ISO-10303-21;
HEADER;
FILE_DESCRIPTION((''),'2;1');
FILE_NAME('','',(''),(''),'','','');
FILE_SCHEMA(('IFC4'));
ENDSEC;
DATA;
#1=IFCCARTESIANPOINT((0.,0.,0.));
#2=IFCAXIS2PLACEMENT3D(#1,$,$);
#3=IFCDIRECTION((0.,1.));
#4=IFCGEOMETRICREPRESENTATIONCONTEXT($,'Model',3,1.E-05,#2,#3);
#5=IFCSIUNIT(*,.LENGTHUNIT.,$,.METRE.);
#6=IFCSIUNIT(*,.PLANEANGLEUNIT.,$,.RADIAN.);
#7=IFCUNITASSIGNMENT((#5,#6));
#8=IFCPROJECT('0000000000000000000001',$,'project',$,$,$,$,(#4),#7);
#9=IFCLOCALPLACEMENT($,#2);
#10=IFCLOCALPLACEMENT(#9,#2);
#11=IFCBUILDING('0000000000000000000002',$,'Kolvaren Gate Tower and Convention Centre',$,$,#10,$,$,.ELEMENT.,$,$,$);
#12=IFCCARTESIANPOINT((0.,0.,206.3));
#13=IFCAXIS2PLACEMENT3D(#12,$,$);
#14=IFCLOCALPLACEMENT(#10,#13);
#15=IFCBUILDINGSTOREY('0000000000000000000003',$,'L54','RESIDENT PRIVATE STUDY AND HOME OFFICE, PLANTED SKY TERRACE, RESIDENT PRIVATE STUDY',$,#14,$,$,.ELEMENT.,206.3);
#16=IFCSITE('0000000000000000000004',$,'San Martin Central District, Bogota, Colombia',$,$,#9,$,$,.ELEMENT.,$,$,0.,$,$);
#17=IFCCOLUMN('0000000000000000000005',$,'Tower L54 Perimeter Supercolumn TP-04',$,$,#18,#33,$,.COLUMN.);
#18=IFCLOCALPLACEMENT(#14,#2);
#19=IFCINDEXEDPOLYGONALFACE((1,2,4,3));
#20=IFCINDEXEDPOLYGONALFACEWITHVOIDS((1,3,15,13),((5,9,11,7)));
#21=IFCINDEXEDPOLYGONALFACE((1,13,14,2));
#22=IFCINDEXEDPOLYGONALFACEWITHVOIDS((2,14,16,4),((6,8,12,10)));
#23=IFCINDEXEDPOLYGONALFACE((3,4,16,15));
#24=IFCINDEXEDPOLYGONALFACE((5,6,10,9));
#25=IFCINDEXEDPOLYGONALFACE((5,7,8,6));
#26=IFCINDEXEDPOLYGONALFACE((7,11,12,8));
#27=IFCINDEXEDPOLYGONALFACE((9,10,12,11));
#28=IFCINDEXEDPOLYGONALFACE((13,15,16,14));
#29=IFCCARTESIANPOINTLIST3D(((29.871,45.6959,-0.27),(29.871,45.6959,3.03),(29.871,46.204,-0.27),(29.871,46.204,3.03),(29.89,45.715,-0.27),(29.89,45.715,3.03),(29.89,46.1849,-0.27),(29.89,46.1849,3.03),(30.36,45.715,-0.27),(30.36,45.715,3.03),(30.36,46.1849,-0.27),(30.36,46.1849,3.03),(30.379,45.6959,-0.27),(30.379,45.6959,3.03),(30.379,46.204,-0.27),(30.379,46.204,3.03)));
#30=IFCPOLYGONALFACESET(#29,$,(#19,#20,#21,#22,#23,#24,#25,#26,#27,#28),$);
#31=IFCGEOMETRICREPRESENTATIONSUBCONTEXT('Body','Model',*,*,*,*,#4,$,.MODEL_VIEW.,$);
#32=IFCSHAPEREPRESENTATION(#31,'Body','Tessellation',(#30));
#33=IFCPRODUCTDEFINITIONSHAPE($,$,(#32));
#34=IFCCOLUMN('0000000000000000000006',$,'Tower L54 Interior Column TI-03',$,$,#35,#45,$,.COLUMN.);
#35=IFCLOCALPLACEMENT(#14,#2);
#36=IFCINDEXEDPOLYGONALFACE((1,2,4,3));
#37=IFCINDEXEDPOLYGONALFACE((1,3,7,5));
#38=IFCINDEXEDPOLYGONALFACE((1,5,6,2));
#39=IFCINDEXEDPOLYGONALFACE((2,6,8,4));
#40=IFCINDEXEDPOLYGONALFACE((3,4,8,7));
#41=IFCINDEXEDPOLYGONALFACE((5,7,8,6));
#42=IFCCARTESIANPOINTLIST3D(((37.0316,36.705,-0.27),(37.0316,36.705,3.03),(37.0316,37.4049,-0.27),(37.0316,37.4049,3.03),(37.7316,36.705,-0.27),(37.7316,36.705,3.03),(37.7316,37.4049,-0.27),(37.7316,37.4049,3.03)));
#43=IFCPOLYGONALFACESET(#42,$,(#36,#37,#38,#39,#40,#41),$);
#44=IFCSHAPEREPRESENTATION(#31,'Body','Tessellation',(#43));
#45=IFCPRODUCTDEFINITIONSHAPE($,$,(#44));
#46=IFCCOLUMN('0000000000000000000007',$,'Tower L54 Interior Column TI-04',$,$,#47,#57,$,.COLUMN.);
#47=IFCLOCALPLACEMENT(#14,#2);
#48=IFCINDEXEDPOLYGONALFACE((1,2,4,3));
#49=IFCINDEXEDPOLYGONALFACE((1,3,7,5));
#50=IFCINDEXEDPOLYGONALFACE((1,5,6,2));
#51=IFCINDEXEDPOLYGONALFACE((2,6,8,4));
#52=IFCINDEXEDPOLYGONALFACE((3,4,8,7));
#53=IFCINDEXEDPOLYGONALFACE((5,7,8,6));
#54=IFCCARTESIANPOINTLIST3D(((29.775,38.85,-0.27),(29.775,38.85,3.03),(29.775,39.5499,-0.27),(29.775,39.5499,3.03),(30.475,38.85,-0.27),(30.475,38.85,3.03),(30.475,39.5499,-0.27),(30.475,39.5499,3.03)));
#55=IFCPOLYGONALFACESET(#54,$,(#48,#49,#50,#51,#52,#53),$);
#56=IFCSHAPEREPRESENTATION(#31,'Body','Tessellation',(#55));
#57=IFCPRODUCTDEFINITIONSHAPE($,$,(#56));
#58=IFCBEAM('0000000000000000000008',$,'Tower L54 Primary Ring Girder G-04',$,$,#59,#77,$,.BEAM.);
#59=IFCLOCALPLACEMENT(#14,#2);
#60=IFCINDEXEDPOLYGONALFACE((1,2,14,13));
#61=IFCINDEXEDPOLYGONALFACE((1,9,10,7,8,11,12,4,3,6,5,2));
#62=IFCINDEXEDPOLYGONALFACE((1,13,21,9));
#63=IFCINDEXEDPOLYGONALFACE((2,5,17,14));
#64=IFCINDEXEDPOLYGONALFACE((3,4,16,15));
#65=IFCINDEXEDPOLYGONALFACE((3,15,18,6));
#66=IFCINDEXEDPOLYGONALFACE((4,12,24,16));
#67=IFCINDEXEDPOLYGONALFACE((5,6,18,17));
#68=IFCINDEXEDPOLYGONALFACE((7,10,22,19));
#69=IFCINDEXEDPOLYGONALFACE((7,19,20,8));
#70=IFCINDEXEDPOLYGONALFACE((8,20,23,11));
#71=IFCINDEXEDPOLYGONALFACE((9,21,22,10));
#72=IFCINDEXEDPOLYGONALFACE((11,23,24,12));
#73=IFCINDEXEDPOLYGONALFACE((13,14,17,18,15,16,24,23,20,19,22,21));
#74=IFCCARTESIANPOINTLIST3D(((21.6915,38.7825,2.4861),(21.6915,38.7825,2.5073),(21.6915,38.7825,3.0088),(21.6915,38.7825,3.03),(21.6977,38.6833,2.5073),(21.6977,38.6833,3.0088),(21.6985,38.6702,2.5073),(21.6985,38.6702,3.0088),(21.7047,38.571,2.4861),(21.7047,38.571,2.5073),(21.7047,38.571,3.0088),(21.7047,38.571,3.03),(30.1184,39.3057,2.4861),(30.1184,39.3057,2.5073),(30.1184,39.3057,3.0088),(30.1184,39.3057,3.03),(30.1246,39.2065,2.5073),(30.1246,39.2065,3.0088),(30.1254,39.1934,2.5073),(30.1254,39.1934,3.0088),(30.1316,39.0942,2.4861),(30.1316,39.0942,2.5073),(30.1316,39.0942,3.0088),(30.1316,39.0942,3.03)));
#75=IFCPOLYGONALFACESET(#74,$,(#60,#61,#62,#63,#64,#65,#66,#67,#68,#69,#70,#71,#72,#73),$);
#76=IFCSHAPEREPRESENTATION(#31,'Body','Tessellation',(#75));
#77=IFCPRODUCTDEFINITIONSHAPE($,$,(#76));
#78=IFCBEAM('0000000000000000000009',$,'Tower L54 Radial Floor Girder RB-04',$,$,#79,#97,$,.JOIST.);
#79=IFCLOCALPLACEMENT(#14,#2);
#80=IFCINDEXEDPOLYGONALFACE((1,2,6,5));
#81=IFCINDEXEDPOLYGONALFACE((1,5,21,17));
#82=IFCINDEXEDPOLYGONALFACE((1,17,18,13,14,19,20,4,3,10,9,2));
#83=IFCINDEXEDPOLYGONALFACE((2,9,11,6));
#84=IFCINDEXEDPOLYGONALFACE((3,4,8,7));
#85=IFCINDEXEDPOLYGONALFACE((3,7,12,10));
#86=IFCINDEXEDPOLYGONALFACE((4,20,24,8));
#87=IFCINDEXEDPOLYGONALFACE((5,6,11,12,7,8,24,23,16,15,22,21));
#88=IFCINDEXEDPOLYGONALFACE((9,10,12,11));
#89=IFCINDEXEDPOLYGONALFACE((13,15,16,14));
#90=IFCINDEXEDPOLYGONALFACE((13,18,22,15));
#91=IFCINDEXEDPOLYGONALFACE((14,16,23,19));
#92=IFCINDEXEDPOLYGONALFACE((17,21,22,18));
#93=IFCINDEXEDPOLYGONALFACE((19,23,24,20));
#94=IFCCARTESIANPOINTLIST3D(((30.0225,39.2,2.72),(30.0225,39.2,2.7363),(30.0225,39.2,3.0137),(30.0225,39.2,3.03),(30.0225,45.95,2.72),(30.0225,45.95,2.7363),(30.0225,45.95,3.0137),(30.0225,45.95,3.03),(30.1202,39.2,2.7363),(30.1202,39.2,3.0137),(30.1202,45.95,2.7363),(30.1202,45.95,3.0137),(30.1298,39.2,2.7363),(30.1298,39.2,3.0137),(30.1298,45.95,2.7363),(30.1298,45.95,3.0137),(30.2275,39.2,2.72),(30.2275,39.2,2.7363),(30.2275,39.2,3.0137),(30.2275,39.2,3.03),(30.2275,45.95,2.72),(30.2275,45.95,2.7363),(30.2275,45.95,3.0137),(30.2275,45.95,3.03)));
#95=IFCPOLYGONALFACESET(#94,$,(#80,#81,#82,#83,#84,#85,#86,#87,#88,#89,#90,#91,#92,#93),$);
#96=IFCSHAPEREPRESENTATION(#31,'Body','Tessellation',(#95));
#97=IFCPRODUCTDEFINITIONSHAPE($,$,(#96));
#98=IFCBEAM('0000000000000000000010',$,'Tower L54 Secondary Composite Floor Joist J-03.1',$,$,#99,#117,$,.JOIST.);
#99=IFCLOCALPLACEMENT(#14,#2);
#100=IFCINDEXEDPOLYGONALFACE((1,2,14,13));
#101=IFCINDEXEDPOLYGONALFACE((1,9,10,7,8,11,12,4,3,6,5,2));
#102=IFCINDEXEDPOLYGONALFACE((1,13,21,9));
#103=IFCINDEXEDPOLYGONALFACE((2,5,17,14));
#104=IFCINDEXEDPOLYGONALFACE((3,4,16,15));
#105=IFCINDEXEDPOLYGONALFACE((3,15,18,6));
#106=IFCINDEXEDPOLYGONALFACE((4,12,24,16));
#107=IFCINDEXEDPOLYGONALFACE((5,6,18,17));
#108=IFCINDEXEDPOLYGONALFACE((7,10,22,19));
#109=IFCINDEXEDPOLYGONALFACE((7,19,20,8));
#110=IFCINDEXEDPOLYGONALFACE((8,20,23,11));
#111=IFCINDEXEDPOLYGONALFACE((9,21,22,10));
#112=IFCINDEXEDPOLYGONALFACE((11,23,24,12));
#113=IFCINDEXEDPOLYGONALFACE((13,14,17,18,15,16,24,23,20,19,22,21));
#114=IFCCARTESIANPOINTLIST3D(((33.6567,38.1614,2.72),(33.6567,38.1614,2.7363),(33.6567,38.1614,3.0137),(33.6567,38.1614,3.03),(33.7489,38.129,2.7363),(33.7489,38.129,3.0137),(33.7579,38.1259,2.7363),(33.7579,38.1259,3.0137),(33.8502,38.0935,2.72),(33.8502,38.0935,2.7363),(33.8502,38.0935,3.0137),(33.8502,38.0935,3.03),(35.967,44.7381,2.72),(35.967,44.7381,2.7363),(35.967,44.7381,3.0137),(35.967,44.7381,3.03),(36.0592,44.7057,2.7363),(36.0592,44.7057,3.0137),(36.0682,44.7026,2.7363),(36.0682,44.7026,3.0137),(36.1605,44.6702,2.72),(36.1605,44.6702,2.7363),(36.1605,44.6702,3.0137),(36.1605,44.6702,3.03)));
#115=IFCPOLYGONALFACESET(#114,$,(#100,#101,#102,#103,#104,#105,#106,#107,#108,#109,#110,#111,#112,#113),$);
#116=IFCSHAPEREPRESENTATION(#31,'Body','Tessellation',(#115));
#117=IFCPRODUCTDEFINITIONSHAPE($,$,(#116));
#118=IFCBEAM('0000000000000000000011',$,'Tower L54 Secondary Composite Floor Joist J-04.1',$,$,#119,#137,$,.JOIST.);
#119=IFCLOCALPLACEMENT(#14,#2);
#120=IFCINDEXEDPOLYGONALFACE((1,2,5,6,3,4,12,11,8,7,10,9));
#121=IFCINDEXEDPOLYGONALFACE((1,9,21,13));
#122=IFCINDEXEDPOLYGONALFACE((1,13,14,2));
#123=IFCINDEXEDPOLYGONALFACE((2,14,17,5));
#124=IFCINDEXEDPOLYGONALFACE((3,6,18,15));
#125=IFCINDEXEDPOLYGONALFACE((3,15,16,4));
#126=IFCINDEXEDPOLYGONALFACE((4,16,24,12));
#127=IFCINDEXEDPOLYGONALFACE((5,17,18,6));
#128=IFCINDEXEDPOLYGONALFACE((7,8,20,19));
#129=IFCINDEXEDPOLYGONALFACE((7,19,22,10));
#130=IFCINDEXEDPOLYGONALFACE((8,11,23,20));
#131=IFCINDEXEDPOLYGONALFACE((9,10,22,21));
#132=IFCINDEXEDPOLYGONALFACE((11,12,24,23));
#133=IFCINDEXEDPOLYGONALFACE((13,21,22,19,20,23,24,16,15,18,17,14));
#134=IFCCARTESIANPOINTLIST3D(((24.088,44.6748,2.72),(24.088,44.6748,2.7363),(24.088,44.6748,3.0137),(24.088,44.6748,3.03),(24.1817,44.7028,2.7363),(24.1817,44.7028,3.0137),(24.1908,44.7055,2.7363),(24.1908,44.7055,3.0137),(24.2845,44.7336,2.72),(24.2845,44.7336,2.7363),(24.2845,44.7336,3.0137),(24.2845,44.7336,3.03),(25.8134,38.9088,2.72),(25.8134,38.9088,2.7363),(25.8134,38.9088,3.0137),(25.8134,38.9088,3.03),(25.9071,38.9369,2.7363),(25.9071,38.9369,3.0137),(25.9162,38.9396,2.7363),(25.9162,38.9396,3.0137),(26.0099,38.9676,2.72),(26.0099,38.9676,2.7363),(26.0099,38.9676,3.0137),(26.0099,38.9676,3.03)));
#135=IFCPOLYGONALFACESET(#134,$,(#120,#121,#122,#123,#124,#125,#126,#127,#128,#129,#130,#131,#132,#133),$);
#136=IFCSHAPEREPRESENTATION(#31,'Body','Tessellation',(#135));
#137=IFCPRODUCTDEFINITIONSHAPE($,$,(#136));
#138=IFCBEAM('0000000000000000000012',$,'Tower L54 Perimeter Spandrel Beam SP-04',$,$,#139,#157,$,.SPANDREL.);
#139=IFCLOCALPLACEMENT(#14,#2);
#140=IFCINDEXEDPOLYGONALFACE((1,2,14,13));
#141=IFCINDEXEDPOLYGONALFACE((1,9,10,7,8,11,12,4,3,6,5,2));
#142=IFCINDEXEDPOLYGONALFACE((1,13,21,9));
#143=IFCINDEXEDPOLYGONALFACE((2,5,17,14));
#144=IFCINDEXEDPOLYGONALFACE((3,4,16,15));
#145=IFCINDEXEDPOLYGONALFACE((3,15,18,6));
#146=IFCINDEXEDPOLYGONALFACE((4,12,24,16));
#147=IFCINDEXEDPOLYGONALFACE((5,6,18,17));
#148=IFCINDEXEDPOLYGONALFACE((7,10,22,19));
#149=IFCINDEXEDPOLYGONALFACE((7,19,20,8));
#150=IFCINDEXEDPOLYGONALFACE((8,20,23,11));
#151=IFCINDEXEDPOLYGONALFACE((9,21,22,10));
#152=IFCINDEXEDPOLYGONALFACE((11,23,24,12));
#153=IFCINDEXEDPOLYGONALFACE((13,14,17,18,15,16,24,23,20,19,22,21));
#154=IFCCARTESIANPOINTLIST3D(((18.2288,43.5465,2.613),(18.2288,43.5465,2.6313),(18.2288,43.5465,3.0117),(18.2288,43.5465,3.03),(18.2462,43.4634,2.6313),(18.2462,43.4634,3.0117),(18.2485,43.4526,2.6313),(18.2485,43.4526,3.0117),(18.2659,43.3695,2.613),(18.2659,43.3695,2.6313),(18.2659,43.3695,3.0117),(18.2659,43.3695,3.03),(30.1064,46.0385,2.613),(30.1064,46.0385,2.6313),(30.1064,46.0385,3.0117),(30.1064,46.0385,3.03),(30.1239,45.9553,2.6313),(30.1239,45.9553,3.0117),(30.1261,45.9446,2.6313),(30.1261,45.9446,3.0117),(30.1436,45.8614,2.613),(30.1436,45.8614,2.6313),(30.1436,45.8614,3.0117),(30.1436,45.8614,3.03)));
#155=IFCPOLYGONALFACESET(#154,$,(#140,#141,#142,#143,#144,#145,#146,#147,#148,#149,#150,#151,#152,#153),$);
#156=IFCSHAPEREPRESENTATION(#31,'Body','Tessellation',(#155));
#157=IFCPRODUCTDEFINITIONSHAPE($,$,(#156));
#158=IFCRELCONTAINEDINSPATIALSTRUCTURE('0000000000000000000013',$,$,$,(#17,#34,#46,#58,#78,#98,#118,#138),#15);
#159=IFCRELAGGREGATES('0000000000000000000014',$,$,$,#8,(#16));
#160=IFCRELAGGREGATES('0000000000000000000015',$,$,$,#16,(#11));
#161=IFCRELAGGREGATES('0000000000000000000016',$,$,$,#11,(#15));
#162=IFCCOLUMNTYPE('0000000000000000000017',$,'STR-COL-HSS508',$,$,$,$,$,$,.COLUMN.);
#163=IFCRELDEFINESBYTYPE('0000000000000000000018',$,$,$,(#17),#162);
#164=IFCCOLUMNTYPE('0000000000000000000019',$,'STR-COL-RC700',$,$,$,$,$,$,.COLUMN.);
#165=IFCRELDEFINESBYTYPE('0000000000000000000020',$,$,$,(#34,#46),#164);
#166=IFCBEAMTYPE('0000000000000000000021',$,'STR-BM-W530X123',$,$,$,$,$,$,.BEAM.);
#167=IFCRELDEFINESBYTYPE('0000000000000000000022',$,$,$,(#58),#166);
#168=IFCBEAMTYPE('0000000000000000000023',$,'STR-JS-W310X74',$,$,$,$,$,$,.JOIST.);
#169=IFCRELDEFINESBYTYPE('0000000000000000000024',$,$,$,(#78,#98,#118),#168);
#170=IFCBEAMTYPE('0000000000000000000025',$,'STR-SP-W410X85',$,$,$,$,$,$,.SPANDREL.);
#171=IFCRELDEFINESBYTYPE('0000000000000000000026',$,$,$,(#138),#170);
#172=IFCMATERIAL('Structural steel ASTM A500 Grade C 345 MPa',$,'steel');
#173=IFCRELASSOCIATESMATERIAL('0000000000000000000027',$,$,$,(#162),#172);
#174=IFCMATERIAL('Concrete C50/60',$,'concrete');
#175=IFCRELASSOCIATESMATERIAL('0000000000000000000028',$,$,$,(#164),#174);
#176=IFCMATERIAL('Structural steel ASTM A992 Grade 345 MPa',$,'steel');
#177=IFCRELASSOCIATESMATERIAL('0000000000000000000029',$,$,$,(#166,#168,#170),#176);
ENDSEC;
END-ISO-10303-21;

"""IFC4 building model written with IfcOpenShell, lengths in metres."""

from ifc_helpers import new_model, si_unit, direction, frame, origin, origin_2d, place, context, subcontext, project, spatial, rectangle, hollow_rectangle, i_section, extrude, material, material_profile, profile_set, type_object, element, save


model = new_model("IFC4")

# Units and contexts
model_context = context("Model", 3, precision=1e-05, world=origin(), true_north=direction((0.0, 1.0)))
body_context = subcontext(model_context, "Body", "Model", "MODEL_VIEW")
ifc_project = project(units=[si_unit("LENGTHUNIT", "METRE"), si_unit("PLANEANGLEUNIT", "RADIAN")], contexts=[model_context])

# Site, building, storey
site_placement = place(None, origin())
site = spatial("IfcSite", under=ifc_project, at=site_placement, Name="San Martin Central District, Bogota, Colombia", CompositionType="ELEMENT", RefElevation=0.0)
building_placement = place(site_placement, origin())
building = spatial("IfcBuilding", under=site, at=building_placement, Name="Kolvaren Gate Tower and Convention Centre", CompositionType="ELEMENT")
storey_placement = place(building_placement, frame((0.0, 0.0, 206.3)))
storey = spatial("IfcBuildingStorey", under=building, at=storey_placement, Name="L54", Description="RESIDENT PRIVATE STUDY AND HOME OFFICE, PLANTED SKY TERRACE, RESIDENT PRIVATE STUDY", CompositionType="ELEMENT", Elevation=206.3)

# Columns
ifc_material_1 = material(Name="Structural steel ASTM A500 Grade C 345 MPa", Category="steel")
ifc_material_profile_1 = material_profile(ifc_material_1, hollow_rectangle(XDim=0.5081, YDim=0.5081, WallThickness=0.019, at=origin_2d()), Name="HSS508X508X19.1")
ifc_profile_set_1 = profile_set([ifc_material_profile_1], Name="Structural steel ASTM A500 Grade C 345 MPa")
column_type_1 = type_object("IfcColumnType", Name="STR-COL-HSS508", PredefinedType="COLUMN", material=ifc_profile_set_1)
column_placement = place(storey_placement, frame((30.125, 45.95, -0.27), z_axis=(0.0, 0.0, 1.0), x_axis=(1.0, 0.0, 0.0)))
element("IfcColumn", 1, at=column_placement, inside=storey, type_object=column_type_1, Name="Tower L54 Perimeter Supercolumn TP-04", PredefinedType="COLUMN", context=body_context, shape_type="SweptSolid", body=[
    extrude(hollow_rectangle(XDim=0.5081, YDim=0.5081, WallThickness=0.019, at=origin_2d()), origin(), (0.0, 0.0, 1.0), 3.3),
])
ifc_material_2 = material(Name="Concrete C50/60", Category="concrete")
ifc_material_profile_2 = material_profile(ifc_material_2, rectangle(XDim=0.7, YDim=0.7, at=origin_2d()), Name="RC-COL-700X700")
ifc_profile_set_2 = profile_set([ifc_material_profile_2], Name="Concrete C50/60")
column_type_2 = type_object("IfcColumnType", Name="STR-COL-RC700", PredefinedType="COLUMN", material=ifc_profile_set_2)
for number, where, z_axis, x_axis, name in (
    (2, (37.3816, 37.0549, -0.27), (0.0, 0.0, 1.0), (1.0, 0.0, 0.0), "Tower L54 Interior Column TI-03"),
    (3, (30.125, 39.2, -0.27), (0.0, 0.0, 1.0), (1.0, 0.0, 0.0), "Tower L54 Interior Column TI-04"),
):
    element("IfcColumn", number, at=place(storey_placement, frame(where, z_axis=z_axis, x_axis=x_axis)), inside=storey, type_object=column_type_2, Name=name, PredefinedType="COLUMN", context=body_context, shape_type="SweptSolid", body=[
        extrude(rectangle(XDim=0.7, YDim=0.7, at=origin_2d()), origin(), (0.0, 0.0, 1.0), 3.3),
    ])

# Beams
ifc_material_3 = material(Name="Structural steel ASTM A992 Grade 345 MPa", Category="steel")
ifc_material_profile_3 = material_profile(ifc_material_3, i_section(OverallWidth=0.2119, OverallDepth=0.5439, WebThickness=0.0132, FlangeThickness=0.0212, at=origin_2d()), Name="W530X123")
ifc_profile_set_3 = profile_set([ifc_material_profile_3], Name="Structural steel ASTM A992 Grade 345 MPa")
beam_type_1 = type_object("IfcBeamType", Name="STR-BM-W530X123", PredefinedType="BEAM", material=ifc_profile_set_3)
beam_1_placement = place(storey_placement, frame((30.125, 39.2, 2.7581), z_axis=(-0.998078, -0.061966, 0.0), x_axis=(0.061966, -0.998078, 0.0)))
element("IfcBeam", 4, at=beam_1_placement, inside=storey, type_object=beam_type_1, Name="Tower L54 Primary Ring Girder G-04", PredefinedType="BEAM", context=body_context, shape_type="SweptSolid", body=[
    extrude(i_section(OverallWidth=0.2119, OverallDepth=0.5439, WebThickness=0.0132, FlangeThickness=0.0212, at=origin_2d()), origin(), (0.0, 0.0, 1.0), 8.4431),
])
ifc_material_profile_4 = material_profile(ifc_material_3, i_section(OverallWidth=0.2051, OverallDepth=0.3101, WebThickness=0.0095, FlangeThickness=0.0164, at=origin_2d()), Name="W310X74")
ifc_profile_set_4 = profile_set([ifc_material_profile_4], Name="Structural steel ASTM A992 Grade 345 MPa")
beam_type_2 = type_object("IfcBeamType", Name="STR-JS-W310X74", PredefinedType="JOIST", material=ifc_profile_set_4)
beam_2_placement = place(storey_placement, frame((30.125, 39.2, 2.875), z_axis=(0.0, 1.0, 0.0), x_axis=(-1.0, 0.0, 0.0)))
element("IfcBeam", 5, at=beam_2_placement, inside=storey, type_object=beam_type_2, Name="Tower L54 Radial Floor Girder RB-04", PredefinedType="JOIST", context=body_context, shape_type="SweptSolid", body=[
    extrude(i_section(OverallWidth=0.2051, OverallDepth=0.3101, WebThickness=0.0095, FlangeThickness=0.0164, at=origin_2d()), origin(), (0.0, 0.0, 1.0), 6.75),
])
beam_3_placement = place(storey_placement, frame((33.7534, 38.1274, 2.875), z_axis=(0.331433, 0.943479, 0.0), x_axis=(-0.943479, 0.331433, 0.0)))
element("IfcBeam", 6, at=beam_3_placement, inside=storey, type_object=beam_type_2, Name="Tower L54 Secondary Composite Floor Joist J-03.1", PredefinedType="JOIST", context=body_context, shape_type="SweptSolid", body=[
    extrude(i_section(OverallWidth=0.2051, OverallDepth=0.3101, WebThickness=0.0095, FlangeThickness=0.0164, at=origin_2d()), origin(), (0.0, 0.0, 1.0), 6.9707),
])
beam_4_placement = place(storey_placement, frame((25.9116, 38.9382, 2.875), z_axis=(-0.286674, 0.958028, 0.0), x_axis=(-0.958028, -0.286674, 0.0)))
element("IfcBeam", 7, at=beam_4_placement, inside=storey, type_object=beam_type_2, Name="Tower L54 Secondary Composite Floor Joist J-04.1", PredefinedType="JOIST", context=body_context, shape_type="SweptSolid", body=[
    extrude(i_section(OverallWidth=0.2051, OverallDepth=0.3101, WebThickness=0.0095, FlangeThickness=0.0164, at=origin_2d()), origin(), (0.0, 0.0, 1.0), 6.0186),
])
ifc_material_profile_5 = material_profile(ifc_material_3, i_section(OverallWidth=0.1809, OverallDepth=0.417, WebThickness=0.011, FlangeThickness=0.0183, at=origin_2d()), Name="W410X85")
ifc_profile_set_5 = profile_set([ifc_material_profile_5], Name="Structural steel ASTM A992 Grade 345 MPa")
beam_type_3 = type_object("IfcBeamType", Name="STR-SP-W410X85", PredefinedType="SPANDREL", material=ifc_profile_set_5)
beam_5_placement = place(storey_placement, frame((30.125, 45.95, 2.8215), z_axis=(-0.978693, -0.20533, 0.0), x_axis=(0.20533, -0.978693, 0.0)))
element("IfcBeam", 8, at=beam_5_placement, inside=storey, type_object=beam_type_3, Name="Tower L54 Perimeter Spandrel Beam SP-04", PredefinedType="SPANDREL", context=body_context, shape_type="SweptSolid", body=[
    extrude(i_section(OverallWidth=0.1809, OverallDepth=0.417, WebThickness=0.011, FlangeThickness=0.0183, at=origin_2d()), origin(), (0.0, 0.0, 1.0), 12.1362),
])

save(model, "model.ifc")
